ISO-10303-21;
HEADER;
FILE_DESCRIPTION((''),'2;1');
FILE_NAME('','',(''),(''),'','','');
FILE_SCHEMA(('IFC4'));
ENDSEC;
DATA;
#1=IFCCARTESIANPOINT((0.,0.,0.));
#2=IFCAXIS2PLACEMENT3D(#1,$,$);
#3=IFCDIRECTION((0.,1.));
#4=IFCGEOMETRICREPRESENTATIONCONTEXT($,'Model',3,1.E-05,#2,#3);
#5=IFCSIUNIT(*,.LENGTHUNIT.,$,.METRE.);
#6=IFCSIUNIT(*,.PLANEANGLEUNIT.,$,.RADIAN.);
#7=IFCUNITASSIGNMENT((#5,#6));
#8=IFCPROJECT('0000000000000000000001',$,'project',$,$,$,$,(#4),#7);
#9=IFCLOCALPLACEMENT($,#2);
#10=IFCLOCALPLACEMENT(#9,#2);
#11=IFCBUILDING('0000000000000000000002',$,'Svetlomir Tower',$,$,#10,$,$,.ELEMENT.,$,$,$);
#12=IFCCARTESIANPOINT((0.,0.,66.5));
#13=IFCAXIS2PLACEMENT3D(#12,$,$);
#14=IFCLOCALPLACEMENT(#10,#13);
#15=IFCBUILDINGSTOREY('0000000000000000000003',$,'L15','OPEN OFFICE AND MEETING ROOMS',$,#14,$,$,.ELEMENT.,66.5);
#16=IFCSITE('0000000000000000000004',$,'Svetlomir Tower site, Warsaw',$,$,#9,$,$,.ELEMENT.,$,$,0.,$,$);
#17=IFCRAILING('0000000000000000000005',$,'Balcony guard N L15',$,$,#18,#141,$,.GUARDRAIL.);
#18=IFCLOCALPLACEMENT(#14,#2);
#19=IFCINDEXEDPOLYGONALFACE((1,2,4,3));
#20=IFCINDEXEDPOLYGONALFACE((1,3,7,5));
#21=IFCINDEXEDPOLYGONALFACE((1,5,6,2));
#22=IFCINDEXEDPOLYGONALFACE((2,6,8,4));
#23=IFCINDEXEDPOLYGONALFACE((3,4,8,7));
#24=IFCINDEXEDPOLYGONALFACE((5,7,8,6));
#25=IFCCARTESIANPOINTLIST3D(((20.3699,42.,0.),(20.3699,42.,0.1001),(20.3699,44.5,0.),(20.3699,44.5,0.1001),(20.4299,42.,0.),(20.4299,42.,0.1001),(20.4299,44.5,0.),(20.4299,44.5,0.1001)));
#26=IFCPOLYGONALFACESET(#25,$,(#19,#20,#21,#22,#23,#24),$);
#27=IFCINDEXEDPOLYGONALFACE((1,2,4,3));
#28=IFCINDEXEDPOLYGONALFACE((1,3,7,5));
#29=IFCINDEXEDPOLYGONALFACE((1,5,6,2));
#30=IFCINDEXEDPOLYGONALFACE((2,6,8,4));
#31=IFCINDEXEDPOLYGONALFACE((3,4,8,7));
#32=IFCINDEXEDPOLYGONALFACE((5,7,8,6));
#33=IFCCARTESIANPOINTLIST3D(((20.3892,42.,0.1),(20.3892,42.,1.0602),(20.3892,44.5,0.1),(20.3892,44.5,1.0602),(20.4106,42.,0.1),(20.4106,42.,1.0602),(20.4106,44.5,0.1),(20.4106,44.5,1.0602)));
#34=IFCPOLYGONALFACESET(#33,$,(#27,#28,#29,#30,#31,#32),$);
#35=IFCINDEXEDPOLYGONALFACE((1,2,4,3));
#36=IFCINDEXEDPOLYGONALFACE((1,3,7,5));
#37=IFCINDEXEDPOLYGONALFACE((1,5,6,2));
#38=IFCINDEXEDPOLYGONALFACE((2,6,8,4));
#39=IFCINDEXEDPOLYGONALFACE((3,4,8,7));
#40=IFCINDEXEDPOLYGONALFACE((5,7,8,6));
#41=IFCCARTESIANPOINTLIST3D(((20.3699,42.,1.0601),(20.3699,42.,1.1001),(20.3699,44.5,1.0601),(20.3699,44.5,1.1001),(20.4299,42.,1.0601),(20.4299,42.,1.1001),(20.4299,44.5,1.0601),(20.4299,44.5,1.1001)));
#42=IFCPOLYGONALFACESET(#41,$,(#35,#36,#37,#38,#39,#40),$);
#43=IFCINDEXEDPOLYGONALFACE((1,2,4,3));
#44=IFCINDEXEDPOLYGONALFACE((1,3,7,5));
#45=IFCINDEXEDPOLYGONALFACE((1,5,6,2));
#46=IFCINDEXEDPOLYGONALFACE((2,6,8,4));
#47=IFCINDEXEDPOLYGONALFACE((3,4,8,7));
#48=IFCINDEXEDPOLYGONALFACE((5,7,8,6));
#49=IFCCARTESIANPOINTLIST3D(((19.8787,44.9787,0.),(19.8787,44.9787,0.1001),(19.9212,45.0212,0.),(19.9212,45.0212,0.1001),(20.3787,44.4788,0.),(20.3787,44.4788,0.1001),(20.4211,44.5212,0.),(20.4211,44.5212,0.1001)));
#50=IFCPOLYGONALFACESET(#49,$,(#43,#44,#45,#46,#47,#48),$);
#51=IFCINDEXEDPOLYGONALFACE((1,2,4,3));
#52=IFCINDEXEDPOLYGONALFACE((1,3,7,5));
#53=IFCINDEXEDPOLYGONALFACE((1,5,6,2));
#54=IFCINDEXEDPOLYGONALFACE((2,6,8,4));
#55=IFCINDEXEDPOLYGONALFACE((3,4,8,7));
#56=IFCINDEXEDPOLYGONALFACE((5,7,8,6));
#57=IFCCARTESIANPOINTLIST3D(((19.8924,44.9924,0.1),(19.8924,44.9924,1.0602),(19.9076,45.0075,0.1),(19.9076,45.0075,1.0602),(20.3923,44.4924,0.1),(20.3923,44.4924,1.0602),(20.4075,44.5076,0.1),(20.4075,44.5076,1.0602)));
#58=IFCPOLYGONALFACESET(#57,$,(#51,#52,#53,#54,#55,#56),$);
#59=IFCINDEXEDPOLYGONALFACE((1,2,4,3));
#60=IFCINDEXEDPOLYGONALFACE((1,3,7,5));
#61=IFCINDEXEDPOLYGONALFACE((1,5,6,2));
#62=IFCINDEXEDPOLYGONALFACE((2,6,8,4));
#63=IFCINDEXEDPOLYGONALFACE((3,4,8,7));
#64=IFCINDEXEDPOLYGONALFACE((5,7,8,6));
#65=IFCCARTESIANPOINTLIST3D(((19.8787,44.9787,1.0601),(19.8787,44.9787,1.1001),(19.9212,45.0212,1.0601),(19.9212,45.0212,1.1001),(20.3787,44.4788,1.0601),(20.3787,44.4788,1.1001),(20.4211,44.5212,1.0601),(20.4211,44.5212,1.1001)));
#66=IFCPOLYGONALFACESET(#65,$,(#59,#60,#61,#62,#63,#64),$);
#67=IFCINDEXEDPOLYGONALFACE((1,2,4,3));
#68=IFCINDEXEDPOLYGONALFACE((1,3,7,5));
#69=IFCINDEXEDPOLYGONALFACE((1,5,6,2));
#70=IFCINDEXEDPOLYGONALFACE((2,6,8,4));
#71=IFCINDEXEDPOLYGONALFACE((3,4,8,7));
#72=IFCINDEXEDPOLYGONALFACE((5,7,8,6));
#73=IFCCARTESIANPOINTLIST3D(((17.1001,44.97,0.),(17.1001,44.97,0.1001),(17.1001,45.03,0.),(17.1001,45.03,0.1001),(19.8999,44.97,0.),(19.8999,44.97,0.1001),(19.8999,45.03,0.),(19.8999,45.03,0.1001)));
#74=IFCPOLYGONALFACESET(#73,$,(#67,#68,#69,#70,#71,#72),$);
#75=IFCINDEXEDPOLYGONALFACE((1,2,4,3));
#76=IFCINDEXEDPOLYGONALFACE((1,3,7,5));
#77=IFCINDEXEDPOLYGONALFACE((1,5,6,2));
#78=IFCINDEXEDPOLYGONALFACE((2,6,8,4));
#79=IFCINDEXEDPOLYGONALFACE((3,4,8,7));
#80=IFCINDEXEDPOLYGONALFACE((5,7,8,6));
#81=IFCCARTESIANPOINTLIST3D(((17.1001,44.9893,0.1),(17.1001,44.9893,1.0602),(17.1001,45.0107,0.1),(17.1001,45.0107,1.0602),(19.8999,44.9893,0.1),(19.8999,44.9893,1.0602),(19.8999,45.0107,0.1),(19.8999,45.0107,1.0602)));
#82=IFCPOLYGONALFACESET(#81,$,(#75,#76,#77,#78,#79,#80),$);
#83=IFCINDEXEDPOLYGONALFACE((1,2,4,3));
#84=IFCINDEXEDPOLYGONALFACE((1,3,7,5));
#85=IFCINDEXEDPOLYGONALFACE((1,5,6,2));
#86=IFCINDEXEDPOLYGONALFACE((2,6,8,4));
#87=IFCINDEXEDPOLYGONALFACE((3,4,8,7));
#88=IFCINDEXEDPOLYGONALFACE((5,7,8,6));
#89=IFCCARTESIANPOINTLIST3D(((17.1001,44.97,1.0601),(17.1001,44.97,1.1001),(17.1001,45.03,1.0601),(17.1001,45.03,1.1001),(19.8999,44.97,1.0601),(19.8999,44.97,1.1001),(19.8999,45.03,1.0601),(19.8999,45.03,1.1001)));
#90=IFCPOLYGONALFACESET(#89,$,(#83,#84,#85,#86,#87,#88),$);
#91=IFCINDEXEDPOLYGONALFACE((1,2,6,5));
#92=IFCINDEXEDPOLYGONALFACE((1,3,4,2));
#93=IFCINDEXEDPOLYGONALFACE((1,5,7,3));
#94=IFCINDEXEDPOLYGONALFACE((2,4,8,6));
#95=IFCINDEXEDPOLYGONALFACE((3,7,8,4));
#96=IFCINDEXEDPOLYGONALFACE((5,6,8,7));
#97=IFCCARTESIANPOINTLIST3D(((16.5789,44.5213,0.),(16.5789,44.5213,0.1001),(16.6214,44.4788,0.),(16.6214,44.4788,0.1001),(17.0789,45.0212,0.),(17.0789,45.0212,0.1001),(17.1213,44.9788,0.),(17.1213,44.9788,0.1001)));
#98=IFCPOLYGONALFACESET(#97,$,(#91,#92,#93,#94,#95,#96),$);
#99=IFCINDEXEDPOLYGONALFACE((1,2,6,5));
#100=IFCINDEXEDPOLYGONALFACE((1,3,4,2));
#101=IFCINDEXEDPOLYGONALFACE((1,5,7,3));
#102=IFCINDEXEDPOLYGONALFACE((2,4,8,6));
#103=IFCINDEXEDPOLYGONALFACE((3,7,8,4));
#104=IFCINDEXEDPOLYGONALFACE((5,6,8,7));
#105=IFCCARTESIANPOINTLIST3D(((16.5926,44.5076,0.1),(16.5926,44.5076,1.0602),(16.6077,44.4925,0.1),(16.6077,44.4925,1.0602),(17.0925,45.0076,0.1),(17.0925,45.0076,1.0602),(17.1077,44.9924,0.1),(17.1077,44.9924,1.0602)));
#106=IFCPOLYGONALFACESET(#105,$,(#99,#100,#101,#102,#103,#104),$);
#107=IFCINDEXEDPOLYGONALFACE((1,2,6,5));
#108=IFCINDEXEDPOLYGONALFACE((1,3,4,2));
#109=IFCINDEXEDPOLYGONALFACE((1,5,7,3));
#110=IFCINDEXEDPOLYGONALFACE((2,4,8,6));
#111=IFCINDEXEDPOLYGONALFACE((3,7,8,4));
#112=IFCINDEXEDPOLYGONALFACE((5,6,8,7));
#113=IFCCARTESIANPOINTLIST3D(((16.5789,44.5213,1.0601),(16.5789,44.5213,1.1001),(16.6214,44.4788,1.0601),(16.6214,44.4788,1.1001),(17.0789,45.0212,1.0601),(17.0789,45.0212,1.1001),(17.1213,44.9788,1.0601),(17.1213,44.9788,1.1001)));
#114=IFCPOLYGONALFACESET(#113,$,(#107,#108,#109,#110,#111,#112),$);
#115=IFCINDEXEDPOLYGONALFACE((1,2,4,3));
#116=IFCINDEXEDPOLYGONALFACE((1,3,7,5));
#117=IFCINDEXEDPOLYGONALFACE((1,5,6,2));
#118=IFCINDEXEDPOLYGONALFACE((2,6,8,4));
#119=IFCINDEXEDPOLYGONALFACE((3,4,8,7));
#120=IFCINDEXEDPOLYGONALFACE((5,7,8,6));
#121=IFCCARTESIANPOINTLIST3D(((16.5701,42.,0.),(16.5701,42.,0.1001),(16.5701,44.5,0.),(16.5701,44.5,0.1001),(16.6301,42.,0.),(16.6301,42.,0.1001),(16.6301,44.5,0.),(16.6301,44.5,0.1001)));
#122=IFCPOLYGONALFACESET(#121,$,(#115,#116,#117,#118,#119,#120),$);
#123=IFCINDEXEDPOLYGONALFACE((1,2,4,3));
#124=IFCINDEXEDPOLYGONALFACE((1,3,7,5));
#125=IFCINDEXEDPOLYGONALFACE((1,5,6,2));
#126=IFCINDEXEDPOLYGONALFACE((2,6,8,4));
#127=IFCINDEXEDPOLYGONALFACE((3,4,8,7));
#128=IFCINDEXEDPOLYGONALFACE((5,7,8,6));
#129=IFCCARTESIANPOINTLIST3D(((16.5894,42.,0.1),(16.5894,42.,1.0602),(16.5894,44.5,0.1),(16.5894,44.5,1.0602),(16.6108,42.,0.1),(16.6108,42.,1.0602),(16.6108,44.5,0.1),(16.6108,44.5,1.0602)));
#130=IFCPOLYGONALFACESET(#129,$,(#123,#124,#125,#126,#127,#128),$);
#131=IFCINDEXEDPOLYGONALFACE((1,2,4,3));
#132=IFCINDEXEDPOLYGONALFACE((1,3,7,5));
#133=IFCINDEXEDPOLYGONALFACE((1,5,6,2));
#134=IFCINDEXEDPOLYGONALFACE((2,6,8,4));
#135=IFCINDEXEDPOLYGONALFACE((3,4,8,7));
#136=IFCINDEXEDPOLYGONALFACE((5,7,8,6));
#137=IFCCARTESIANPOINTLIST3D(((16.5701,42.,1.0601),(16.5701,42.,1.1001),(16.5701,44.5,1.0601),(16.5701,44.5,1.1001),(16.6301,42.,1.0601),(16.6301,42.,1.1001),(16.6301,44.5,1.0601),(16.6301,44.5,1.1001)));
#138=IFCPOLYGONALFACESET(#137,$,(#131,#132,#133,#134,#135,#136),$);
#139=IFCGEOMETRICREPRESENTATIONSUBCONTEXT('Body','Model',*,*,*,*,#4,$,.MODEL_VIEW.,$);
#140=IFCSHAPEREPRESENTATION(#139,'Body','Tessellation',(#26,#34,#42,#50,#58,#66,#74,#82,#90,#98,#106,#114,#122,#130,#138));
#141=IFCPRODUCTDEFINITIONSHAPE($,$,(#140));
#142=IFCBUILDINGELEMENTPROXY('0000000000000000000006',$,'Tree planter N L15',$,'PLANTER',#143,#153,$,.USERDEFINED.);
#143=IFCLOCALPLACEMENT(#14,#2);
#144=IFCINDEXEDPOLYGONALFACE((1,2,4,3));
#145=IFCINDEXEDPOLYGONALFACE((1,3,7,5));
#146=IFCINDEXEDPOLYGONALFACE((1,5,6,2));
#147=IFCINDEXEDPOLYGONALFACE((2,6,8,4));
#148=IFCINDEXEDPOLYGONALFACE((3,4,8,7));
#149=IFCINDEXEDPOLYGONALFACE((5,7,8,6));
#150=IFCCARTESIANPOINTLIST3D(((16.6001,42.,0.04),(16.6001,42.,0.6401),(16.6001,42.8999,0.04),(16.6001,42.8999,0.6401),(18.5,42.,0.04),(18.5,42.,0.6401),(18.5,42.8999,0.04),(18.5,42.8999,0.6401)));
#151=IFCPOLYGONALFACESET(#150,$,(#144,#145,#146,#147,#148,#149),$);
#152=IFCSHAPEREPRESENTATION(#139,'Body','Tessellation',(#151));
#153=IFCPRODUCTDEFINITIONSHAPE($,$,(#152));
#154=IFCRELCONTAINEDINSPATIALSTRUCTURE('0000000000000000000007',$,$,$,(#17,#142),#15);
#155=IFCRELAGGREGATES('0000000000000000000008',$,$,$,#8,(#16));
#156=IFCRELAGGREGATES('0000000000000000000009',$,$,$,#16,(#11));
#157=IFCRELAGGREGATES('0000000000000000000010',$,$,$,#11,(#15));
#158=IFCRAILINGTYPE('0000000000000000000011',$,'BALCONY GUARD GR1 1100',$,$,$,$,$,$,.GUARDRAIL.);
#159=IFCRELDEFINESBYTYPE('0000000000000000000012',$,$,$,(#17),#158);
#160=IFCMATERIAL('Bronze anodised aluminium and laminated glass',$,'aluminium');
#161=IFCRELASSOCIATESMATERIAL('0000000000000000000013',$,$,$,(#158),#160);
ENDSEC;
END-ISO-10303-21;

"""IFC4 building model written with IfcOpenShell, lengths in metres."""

from ifc_helpers import new_model, si_unit, direction, frame, origin, origin_2d, place, context, subcontext, project, spatial, rectangle, extrude, material, type_object, element, save


model = new_model("IFC4")

# Units and contexts
model_context = context("Model", 3, precision=1e-05, world=origin(), true_north=direction((0.0, 1.0)))
body_context = subcontext(model_context, "Body", "Model", "MODEL_VIEW")
ifc_project = project(units=[si_unit("LENGTHUNIT", "METRE"), si_unit("PLANEANGLEUNIT", "RADIAN")], contexts=[model_context])

# Site, building, storey
site_placement = place(None, origin())
site = spatial("IfcSite", under=ifc_project, at=site_placement, Name="Svetlomir Tower site, Warsaw", CompositionType="ELEMENT", RefElevation=0.0)
building_placement = place(site_placement, origin())
building = spatial("IfcBuilding", under=site, at=building_placement, Name="Svetlomir Tower", CompositionType="ELEMENT")
storey_placement = place(building_placement, frame((0.0, 0.0, 66.5)))
storey = spatial("IfcBuildingStorey", under=building, at=storey_placement, Name="L15", Description="OPEN OFFICE AND MEETING ROOMS", CompositionType="ELEMENT", Elevation=66.5)

# Railing
ifc_material_1 = material(Name="Bronze anodised aluminium and laminated glass", Category="aluminium")
railing_type = type_object("IfcRailingType", Name="BALCONY GUARD GR1 1100", PredefinedType="GUARDRAIL", material=ifc_material_1)
railing_placement = place(storey_placement, frame((20.3999, 42.0, 0.0)))
element("IfcRailing", 1, at=railing_placement, inside=storey, type_object=railing_type, Name="Balcony guard N L15", PredefinedType="GUARDRAIL", context=body_context, shape_type="SweptSolid", body=[
    extrude(rectangle(XDim=0.0601, YDim=0.1001, at=origin_2d()), frame((0.0, 0.0, 0.05), z_axis=(0.0, 1.0, 0.0), x_axis=(-1.0, 0.0, 0.0)), (0.0, 0.0, 1.0), 2.5),
    extrude(rectangle(XDim=0.0215, YDim=0.9602, at=origin_2d()), frame((0.0, 0.0, 0.5801), z_axis=(0.0, 1.0, 0.0), x_axis=(-1.0, 0.0, 0.0)), (0.0, 0.0, 1.0), 2.5),
    extrude(rectangle(XDim=0.0601, YDim=0.04, at=origin_2d()), frame((0.0, 0.0, 1.0801), z_axis=(0.0, 1.0, 0.0), x_axis=(-1.0, 0.0, 0.0)), (0.0, 0.0, 1.0), 2.5),
    extrude(rectangle(XDim=0.0601, YDim=0.1001, at=origin_2d()), frame((0.0, 2.5, 0.05), z_axis=(-0.707107, 0.707107, 0.0), x_axis=(-0.707107, -0.707107, 0.0)), (0.0, 0.0, 1.0), 0.707),
    extrude(rectangle(XDim=0.0215, YDim=0.9602, at=origin_2d()), frame((0.0, 2.5, 0.5801), z_axis=(-0.707107, 0.707107, 0.0), x_axis=(-0.707107, -0.707107, 0.0)), (0.0, 0.0, 1.0), 0.707),
    extrude(rectangle(XDim=0.0601, YDim=0.04, at=origin_2d()), frame((0.0, 2.5, 1.0801), z_axis=(-0.707107, 0.707107, 0.0), x_axis=(-0.707107, -0.707107, 0.0)), (0.0, 0.0, 1.0), 0.707),
    extrude(rectangle(XDim=0.0601, YDim=0.1001, at=origin_2d()), frame((-0.5, 3.0, 0.05), z_axis=(-1.0, 0.0, 0.0), x_axis=(0.0, -1.0, 0.0)), (0.0, 0.0, 1.0), 2.7998),
    extrude(rectangle(XDim=0.0215, YDim=0.9602, at=origin_2d()), frame((-0.5, 3.0, 0.5801), z_axis=(-1.0, 0.0, 0.0), x_axis=(0.0, -1.0, 0.0)), (0.0, 0.0, 1.0), 2.7998),
    extrude(rectangle(XDim=0.0601, YDim=0.04, at=origin_2d()), frame((-0.5, 3.0, 1.0801), z_axis=(-1.0, 0.0, 0.0), x_axis=(0.0, -1.0, 0.0)), (0.0, 0.0, 1.0), 2.7998),
    extrude(rectangle(XDim=0.0601, YDim=0.1001, at=origin_2d()), frame((-3.2998, 3.0, 0.05), z_axis=(-0.707107, -0.707107, 0.0), x_axis=(0.707107, -0.707107, 0.0)), (0.0, 0.0, 1.0), 0.707),
    extrude(rectangle(XDim=0.0215, YDim=0.9602, at=origin_2d()), frame((-3.2998, 3.0, 0.5801), z_axis=(-0.707107, -0.707107, 0.0), x_axis=(0.707107, -0.707107, 0.0)), (0.0, 0.0, 1.0), 0.707),
    extrude(rectangle(XDim=0.0601, YDim=0.04, at=origin_2d()), frame((-3.2998, 3.0, 1.0801), z_axis=(-0.707107, -0.707107, 0.0), x_axis=(0.707107, -0.707107, 0.0)), (0.0, 0.0, 1.0), 0.707),
    extrude(rectangle(XDim=0.0601, YDim=0.1001, at=origin_2d()), frame((-3.7998, 2.5, 0.05), z_axis=(0.0, -1.0, 0.0), x_axis=(1.0, 0.0, 0.0)), (0.0, 0.0, 1.0), 2.5),
    extrude(rectangle(XDim=0.0215, YDim=0.9602, at=origin_2d()), frame((-3.7998, 2.5, 0.5801), z_axis=(0.0, -1.0, 0.0), x_axis=(1.0, 0.0, 0.0)), (0.0, 0.0, 1.0), 2.5),
    extrude(rectangle(XDim=0.0601, YDim=0.04, at=origin_2d()), frame((-3.7998, 2.5, 1.0801), z_axis=(0.0, -1.0, 0.0), x_axis=(1.0, 0.0, 0.0)), (0.0, 0.0, 1.0), 2.5),
])

# Building element proxy
proxy_placement = place(storey_placement, frame((17.55, 42.45, 0.04), z_axis=(0.0, 0.0, 1.0), x_axis=(1.0, 0.0, 0.0)))
element("IfcBuildingElementProxy", 2, at=proxy_placement, inside=storey, Name="Tree planter N L15", ObjectType="PLANTER", PredefinedType="USERDEFINED", context=body_context, shape_type="SweptSolid", body=[
    extrude(rectangle(XDim=1.8999, YDim=0.8999, at=origin_2d()), origin(), (0.0, 0.0, 1.0), 0.6001),
])

save(model, "model.ifc")
